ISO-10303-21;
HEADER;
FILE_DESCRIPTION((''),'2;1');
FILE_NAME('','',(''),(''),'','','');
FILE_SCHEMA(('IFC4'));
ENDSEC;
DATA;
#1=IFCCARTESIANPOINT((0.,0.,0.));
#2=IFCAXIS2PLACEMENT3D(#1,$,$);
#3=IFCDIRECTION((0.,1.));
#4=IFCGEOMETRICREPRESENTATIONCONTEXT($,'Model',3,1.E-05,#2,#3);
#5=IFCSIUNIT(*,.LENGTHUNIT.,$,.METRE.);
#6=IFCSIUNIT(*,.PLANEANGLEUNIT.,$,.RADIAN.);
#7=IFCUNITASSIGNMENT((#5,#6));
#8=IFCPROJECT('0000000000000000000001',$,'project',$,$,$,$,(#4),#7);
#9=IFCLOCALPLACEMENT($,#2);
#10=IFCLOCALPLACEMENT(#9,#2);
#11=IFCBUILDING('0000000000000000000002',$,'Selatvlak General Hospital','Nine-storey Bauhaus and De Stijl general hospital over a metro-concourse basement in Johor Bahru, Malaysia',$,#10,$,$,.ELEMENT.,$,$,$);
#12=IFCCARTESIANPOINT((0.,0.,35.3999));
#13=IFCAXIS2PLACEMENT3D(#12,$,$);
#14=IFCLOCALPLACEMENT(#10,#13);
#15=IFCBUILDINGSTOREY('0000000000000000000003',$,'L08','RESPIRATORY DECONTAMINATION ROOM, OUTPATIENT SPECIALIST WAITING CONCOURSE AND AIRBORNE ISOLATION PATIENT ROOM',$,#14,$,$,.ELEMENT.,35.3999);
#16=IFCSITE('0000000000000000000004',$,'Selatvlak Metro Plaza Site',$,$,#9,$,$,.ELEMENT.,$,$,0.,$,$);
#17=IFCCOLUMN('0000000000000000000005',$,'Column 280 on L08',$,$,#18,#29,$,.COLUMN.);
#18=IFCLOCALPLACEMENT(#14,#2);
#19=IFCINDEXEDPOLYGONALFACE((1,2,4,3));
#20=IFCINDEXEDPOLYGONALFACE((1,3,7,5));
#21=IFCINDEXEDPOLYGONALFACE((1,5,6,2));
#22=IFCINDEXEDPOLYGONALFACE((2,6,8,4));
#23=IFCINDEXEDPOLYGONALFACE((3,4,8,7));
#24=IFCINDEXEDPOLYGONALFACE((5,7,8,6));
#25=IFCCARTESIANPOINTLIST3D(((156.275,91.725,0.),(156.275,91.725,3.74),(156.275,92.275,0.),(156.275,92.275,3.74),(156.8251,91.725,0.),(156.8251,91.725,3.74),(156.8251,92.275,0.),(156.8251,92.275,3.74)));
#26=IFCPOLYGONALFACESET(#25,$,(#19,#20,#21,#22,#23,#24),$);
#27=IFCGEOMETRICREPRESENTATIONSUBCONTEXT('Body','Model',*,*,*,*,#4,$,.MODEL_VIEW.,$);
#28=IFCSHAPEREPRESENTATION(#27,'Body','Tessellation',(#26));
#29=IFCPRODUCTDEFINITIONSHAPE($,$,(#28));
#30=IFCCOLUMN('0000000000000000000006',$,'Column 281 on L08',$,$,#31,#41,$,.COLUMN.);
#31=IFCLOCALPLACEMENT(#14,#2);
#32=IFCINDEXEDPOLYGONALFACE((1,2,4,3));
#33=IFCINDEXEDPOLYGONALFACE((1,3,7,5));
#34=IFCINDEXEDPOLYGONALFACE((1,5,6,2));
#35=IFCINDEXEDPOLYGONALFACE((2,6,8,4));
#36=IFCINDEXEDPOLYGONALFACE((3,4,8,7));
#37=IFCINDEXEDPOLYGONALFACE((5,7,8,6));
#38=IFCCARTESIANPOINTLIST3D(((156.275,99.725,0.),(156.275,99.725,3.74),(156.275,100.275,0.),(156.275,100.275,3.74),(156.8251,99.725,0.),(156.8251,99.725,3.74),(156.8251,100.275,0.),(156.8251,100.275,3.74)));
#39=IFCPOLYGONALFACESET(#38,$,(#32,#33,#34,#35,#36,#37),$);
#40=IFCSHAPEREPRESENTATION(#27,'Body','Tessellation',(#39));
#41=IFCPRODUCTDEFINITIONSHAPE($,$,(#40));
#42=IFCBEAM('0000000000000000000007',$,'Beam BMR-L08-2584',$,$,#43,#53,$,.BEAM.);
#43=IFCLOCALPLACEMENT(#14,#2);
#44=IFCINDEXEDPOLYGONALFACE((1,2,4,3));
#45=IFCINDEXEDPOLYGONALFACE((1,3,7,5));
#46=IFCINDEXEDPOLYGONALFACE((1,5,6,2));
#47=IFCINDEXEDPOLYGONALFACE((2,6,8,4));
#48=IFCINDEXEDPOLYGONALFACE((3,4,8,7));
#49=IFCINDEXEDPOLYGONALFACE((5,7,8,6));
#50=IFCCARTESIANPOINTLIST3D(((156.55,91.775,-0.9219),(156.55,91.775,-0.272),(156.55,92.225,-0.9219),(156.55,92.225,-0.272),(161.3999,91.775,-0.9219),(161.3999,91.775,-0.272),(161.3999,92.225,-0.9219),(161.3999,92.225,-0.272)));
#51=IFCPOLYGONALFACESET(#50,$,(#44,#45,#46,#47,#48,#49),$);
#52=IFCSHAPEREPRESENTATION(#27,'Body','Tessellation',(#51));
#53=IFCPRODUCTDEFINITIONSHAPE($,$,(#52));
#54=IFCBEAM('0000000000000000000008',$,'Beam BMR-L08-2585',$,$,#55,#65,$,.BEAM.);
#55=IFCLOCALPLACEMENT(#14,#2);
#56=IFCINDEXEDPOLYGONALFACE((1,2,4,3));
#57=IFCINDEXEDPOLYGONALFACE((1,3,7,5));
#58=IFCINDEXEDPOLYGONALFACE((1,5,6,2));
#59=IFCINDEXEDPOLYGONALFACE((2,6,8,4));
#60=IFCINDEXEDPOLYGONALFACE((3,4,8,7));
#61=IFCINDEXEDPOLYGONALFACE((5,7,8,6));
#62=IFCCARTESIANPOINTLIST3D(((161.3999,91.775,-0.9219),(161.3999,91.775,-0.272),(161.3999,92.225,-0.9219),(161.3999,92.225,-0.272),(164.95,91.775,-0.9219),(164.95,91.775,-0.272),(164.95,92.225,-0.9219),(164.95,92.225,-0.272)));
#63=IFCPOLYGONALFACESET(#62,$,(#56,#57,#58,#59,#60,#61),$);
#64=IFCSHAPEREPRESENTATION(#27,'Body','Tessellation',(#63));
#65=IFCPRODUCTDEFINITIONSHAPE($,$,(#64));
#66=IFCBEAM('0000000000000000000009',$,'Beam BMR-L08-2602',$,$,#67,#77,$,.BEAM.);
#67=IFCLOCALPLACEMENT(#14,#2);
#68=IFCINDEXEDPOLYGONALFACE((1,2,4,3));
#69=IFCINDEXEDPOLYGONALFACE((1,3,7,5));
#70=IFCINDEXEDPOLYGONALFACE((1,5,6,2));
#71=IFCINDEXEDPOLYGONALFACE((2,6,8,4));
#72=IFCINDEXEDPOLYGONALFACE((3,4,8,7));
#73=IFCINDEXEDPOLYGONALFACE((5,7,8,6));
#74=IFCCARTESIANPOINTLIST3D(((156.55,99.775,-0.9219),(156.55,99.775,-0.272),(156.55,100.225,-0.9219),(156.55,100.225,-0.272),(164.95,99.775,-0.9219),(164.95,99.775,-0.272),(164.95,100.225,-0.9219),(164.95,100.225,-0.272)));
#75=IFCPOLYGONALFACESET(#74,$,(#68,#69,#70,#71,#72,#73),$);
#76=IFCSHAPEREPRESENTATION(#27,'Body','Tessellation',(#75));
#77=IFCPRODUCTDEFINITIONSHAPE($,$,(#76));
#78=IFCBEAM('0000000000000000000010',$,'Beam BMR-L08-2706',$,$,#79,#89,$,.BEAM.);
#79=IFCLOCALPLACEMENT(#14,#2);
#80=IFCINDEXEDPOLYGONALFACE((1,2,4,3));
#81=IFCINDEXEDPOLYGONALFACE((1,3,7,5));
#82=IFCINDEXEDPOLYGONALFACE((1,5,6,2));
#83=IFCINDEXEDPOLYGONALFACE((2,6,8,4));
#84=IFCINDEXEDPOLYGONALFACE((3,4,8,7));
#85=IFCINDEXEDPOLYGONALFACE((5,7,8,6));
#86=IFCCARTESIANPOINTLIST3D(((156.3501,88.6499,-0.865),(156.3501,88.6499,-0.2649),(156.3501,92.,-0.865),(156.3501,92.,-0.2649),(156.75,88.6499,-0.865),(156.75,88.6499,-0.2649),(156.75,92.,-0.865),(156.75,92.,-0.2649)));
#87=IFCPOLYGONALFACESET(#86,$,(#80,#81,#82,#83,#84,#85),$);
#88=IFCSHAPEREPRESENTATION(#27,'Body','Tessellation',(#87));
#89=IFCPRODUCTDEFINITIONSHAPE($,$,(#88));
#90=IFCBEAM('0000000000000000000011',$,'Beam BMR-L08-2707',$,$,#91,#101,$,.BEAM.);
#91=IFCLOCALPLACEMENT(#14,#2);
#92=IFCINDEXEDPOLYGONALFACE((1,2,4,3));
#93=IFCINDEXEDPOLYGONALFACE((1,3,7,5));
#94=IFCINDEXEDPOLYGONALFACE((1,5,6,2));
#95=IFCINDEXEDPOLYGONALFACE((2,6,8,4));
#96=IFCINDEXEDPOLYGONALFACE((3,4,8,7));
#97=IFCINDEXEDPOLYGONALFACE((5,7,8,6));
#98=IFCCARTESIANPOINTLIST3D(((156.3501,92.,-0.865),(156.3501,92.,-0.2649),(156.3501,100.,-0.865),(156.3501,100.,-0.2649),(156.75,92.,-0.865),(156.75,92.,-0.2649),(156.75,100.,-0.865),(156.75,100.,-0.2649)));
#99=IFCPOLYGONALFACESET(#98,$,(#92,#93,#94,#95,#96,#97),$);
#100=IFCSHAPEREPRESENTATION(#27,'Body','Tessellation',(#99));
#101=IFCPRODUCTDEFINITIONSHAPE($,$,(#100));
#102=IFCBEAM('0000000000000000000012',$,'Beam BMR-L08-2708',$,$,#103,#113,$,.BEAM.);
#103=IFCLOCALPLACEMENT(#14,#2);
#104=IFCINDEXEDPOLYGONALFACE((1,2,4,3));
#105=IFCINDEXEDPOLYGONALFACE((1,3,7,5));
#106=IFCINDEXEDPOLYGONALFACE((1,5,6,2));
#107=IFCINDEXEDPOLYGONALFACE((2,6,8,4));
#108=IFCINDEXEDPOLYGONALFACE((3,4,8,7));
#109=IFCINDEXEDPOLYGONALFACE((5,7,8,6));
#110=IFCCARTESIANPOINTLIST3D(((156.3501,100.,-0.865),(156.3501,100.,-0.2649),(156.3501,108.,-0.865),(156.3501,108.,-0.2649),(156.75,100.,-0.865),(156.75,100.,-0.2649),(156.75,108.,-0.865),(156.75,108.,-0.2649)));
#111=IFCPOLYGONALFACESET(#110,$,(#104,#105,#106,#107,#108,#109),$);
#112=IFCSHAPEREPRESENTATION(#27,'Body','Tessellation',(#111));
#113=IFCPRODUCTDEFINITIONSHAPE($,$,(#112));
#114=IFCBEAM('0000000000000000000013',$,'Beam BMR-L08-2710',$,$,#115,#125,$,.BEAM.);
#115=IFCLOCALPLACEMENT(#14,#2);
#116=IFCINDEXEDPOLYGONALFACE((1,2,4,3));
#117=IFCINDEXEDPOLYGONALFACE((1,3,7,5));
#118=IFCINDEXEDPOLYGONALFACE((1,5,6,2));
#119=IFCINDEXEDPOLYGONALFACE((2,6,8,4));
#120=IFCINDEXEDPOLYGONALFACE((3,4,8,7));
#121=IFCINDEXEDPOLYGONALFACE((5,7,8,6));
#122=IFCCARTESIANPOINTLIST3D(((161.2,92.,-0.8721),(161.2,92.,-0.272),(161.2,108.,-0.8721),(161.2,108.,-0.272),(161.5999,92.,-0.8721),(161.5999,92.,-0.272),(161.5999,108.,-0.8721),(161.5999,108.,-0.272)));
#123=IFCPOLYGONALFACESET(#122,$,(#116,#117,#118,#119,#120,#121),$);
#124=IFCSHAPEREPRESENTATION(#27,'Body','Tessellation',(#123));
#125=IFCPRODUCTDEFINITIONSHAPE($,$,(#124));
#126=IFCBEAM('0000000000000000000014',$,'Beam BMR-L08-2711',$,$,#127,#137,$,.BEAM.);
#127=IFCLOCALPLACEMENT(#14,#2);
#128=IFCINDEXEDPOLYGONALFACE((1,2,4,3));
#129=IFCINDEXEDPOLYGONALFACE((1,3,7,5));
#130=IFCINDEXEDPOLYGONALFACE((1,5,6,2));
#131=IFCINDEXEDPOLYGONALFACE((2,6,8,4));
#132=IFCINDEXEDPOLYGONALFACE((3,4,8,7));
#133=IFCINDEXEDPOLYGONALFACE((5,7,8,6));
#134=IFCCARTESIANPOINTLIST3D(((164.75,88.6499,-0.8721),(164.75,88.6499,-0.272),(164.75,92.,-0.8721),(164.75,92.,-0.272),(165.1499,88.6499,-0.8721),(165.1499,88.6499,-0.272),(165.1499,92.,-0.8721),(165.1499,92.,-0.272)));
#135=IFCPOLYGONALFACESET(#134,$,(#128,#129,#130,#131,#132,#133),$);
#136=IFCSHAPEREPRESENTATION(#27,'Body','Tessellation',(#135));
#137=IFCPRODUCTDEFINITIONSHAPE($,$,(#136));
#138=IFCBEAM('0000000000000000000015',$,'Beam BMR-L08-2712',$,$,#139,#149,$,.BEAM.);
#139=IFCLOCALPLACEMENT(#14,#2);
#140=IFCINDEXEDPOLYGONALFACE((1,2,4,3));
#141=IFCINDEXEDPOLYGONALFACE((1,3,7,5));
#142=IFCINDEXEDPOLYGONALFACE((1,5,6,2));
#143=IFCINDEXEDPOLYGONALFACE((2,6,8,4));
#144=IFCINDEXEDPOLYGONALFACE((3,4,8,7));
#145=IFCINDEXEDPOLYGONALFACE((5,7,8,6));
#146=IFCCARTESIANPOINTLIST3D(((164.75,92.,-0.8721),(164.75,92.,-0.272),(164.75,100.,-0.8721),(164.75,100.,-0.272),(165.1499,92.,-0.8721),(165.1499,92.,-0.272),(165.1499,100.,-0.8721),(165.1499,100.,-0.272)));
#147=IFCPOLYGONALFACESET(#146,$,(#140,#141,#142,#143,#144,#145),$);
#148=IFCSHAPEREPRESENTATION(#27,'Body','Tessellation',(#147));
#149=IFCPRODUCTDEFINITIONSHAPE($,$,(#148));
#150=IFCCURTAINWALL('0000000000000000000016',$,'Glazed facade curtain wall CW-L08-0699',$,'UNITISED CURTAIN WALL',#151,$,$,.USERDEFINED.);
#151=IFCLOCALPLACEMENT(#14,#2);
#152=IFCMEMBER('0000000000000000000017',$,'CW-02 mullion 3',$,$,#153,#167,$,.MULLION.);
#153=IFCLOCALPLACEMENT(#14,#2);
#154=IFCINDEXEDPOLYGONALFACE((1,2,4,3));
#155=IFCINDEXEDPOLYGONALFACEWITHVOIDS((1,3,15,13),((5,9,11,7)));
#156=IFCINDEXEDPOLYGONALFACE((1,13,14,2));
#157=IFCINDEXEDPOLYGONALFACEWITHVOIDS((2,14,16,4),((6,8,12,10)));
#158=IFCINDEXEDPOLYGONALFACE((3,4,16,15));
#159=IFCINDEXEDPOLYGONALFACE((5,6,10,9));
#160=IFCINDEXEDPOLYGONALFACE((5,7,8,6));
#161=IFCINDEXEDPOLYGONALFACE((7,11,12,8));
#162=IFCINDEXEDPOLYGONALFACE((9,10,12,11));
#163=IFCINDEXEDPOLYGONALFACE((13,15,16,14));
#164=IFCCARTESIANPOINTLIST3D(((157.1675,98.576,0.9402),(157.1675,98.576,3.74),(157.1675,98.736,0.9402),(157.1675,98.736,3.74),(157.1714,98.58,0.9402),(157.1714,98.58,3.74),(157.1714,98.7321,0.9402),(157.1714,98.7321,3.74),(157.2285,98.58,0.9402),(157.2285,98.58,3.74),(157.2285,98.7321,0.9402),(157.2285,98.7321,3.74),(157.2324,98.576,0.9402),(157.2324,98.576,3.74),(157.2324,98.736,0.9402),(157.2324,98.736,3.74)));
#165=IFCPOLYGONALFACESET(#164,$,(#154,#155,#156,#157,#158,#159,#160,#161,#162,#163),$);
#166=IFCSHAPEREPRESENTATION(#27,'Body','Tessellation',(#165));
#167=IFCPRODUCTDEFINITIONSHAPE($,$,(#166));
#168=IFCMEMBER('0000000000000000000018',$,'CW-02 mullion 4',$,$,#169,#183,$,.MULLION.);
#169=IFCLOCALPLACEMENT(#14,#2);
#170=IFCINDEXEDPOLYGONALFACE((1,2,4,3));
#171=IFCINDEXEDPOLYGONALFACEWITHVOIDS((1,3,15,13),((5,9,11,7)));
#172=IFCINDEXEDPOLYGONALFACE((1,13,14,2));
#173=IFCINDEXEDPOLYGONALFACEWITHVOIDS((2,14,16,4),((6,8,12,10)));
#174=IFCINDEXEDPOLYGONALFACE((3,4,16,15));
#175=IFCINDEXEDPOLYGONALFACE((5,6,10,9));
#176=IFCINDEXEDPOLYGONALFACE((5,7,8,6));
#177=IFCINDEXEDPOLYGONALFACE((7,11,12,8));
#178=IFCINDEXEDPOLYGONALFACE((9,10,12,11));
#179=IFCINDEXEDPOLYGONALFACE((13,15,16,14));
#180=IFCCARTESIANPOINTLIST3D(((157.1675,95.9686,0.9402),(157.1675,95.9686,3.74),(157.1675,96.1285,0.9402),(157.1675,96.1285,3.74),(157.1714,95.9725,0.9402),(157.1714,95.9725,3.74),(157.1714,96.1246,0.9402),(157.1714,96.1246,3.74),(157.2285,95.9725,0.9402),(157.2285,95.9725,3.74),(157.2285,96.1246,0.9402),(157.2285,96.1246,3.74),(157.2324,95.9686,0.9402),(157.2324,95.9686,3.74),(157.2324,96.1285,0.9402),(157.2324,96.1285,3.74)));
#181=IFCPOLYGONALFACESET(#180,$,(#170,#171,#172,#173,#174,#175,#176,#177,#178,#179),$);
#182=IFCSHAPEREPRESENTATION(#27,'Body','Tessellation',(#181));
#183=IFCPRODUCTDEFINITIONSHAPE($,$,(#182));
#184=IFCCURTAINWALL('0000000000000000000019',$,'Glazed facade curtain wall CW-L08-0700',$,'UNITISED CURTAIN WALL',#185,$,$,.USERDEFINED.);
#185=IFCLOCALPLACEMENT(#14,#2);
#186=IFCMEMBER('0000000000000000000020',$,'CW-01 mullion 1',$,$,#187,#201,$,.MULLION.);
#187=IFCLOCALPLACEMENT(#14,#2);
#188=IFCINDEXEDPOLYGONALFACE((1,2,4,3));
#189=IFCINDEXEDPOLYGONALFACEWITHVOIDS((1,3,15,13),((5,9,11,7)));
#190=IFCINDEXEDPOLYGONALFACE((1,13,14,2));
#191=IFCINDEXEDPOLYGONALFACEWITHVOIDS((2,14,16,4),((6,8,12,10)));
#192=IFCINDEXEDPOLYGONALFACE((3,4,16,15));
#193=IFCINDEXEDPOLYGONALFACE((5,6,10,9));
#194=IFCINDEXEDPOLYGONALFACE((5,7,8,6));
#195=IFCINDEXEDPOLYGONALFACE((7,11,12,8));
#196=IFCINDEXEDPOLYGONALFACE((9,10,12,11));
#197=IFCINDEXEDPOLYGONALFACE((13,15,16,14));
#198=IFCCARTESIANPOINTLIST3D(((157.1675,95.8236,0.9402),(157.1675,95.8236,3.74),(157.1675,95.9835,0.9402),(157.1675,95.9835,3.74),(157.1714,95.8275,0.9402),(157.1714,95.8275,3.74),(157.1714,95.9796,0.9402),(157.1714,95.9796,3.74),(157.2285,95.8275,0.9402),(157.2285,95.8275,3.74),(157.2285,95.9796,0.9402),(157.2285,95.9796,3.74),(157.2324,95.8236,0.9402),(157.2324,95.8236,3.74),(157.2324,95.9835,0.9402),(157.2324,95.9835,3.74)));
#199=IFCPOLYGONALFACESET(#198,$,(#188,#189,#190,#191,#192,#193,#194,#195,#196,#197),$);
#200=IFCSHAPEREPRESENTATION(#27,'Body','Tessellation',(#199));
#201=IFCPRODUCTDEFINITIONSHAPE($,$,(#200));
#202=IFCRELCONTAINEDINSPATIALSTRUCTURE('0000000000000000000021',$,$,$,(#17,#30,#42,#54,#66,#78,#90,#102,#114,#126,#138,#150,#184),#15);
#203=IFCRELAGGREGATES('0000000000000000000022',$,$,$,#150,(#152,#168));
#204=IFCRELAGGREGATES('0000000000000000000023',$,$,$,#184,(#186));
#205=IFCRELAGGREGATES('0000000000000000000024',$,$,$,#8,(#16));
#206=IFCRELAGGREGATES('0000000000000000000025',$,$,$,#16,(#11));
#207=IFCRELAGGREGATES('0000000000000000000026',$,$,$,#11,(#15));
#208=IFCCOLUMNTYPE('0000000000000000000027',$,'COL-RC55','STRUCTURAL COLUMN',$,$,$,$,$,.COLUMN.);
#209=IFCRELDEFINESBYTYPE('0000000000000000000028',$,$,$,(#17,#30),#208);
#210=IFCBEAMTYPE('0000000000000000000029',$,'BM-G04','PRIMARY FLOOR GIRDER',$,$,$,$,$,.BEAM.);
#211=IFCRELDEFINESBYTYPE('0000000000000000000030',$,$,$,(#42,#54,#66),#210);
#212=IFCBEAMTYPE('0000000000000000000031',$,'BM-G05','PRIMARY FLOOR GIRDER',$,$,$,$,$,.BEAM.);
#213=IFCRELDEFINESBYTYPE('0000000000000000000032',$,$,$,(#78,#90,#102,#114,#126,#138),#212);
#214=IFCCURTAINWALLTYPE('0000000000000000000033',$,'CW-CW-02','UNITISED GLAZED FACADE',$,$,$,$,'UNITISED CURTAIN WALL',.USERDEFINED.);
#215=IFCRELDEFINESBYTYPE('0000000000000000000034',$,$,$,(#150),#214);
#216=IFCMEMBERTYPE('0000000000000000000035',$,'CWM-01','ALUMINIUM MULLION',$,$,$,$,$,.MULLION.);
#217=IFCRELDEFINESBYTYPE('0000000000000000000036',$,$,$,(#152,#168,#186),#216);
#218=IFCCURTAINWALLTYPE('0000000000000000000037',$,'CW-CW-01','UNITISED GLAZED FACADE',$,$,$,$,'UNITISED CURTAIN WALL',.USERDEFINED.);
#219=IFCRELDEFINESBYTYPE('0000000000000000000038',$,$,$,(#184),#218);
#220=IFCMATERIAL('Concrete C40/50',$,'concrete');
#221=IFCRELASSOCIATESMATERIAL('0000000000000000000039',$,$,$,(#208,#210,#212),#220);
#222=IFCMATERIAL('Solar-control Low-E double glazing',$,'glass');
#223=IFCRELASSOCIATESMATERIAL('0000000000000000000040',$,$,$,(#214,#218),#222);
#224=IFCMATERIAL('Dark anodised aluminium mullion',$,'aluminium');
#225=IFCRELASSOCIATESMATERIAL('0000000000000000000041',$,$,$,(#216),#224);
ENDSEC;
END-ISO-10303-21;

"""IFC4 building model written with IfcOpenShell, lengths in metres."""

from ifc_helpers import new_model, si_unit, direction, frame, origin, origin_2d, place, context, subcontext, project, spatial, rectangle, hollow_rectangle, extrude, material, material_profile, profile_set, type_object, element, aggregate, save


model = new_model("IFC4")

# Units and contexts
model_context = context("Model", 3, precision=1e-05, world=origin(), true_north=direction((0.0, 1.0)))
body_context = subcontext(model_context, "Body", "Model", "MODEL_VIEW")
ifc_project = project(units=[si_unit("LENGTHUNIT", "METRE"), si_unit("PLANEANGLEUNIT", "RADIAN")], contexts=[model_context])

# Site, building, storey
site_placement = place(None, origin())
site = spatial("IfcSite", under=ifc_project, at=site_placement, Name="Selatvlak Metro Plaza Site", CompositionType="ELEMENT", RefElevation=0.0)
building_placement = place(site_placement, origin())
building = spatial("IfcBuilding", under=site, at=building_placement, Name="Selatvlak General Hospital", Description="Nine-storey Bauhaus and De Stijl general hospital over a metro-concourse basement in Johor Bahru, Malaysia", CompositionType="ELEMENT")
storey_placement = place(building_placement, frame((0.0, 0.0, 35.3999)))
storey = spatial("IfcBuildingStorey", under=building, at=storey_placement, Name="L08", Description="RESPIRATORY DECONTAMINATION ROOM, OUTPATIENT SPECIALIST WAITING CONCOURSE AND AIRBORNE ISOLATION PATIENT ROOM", CompositionType="ELEMENT", Elevation=35.3999)

# Columns
ifc_material_1 = material(Name="Concrete C40/50", Category="concrete")
ifc_material_profile_1 = material_profile(ifc_material_1, rectangle(XDim=0.55, YDim=0.55, at=origin_2d()), Name="RC-COL 550x550")
ifc_profile_set_1 = profile_set([ifc_material_profile_1], Name="Concrete C40/50")
column_type = type_object("IfcColumnType", Name="COL-RC55", Description="STRUCTURAL COLUMN", PredefinedType="COLUMN", material=ifc_profile_set_1)
for number, where, z_axis, x_axis, name in (
    (1, (156.55, 92.0, 0.0), (0.0, 0.0, 1.0), (1.0, 0.0, 0.0), "Column 280 on L08"),
    (2, (156.55, 100.0, 0.0), (0.0, 0.0, 1.0), (1.0, 0.0, 0.0), "Column 281 on L08"),
):
    element("IfcColumn", number, at=place(storey_placement, frame(where, z_axis=z_axis, x_axis=x_axis)), inside=storey, type_object=column_type, Name=name, PredefinedType="COLUMN", context=body_context, shape_type="SweptSolid", body=[
        extrude(rectangle(XDim=0.55, YDim=0.55, at=origin_2d()), origin(), (0.0, 0.0, 1.0), 3.74),
    ])

# Beams
ifc_material_profile_2 = material_profile(ifc_material_1, rectangle(XDim=0.45, YDim=0.6499, at=origin_2d()), Name="RC-BM 450x650")
ifc_profile_set_2 = profile_set([ifc_material_profile_2], Name="Concrete C40/50")
beam_type_1 = type_object("IfcBeamType", Name="BM-G04", Description="PRIMARY FLOOR GIRDER", PredefinedType="BEAM", material=ifc_profile_set_2)
beam_1_placement = place(storey_placement, frame((156.55, 92.0, -0.5969), z_axis=(1.0, 0.0, 0.0), x_axis=(0.0, 1.0, 0.0)))
element("IfcBeam", 3, at=beam_1_placement, inside=storey, type_object=beam_type_1, Name="Beam BMR-L08-2584", PredefinedType="BEAM", context=body_context, shape_type="SweptSolid", body=[
    extrude(rectangle(XDim=0.45, YDim=0.6499, at=origin_2d()), origin(), (0.0, 0.0, 1.0), 4.8499),
])
beam_2_placement = place(storey_placement, frame((161.3999, 92.0, -0.5969), z_axis=(1.0, 0.0, 0.0), x_axis=(0.0, 1.0, 0.0)))
element("IfcBeam", 4, at=beam_2_placement, inside=storey, type_object=beam_type_1, Name="Beam BMR-L08-2585", PredefinedType="BEAM", context=body_context, shape_type="SweptSolid", body=[
    extrude(rectangle(XDim=0.45, YDim=0.6499, at=origin_2d()), origin(), (0.0, 0.0, 1.0), 3.55),
])
beam_3_placement = place(storey_placement, frame((156.55, 100.0, -0.5969), z_axis=(1.0, 0.0, 0.0), x_axis=(0.0, 1.0, 0.0)))
element("IfcBeam", 5, at=beam_3_placement, inside=storey, type_object=beam_type_1, Name="Beam BMR-L08-2602", PredefinedType="BEAM", context=body_context, shape_type="SweptSolid", body=[
    extrude(rectangle(XDim=0.45, YDim=0.6499, at=origin_2d()), origin(), (0.0, 0.0, 1.0), 8.3999),
])
ifc_material_profile_3 = material_profile(ifc_material_1, rectangle(XDim=0.3999, YDim=0.6001, at=origin_2d()), Name="RC-BM 400x600")
ifc_profile_set_3 = profile_set([ifc_material_profile_3], Name="Concrete C40/50")
beam_type_2 = type_object("IfcBeamType", Name="BM-G05", Description="PRIMARY FLOOR GIRDER", PredefinedType="BEAM", material=ifc_profile_set_3)
beam_4_placement = place(storey_placement, frame((156.55, 88.6499, -0.5649), z_axis=(0.0, 1.0, 0.0), x_axis=(-1.0, 0.0, 0.0)))
element("IfcBeam", 6, at=beam_4_placement, inside=storey, type_object=beam_type_2, Name="Beam BMR-L08-2706", PredefinedType="BEAM", context=body_context, shape_type="SweptSolid", body=[
    extrude(rectangle(XDim=0.3999, YDim=0.6001, at=origin_2d()), origin(), (0.0, 0.0, 1.0), 3.3501),
])
for number, where, z_axis, x_axis, name in (
    (7, (156.55, 92.0, -0.5649), (0.0, 1.0, 0.0), (-1.0, 0.0, 0.0), "Beam BMR-L08-2707"),
    (8, (156.55, 100.0, -0.5649), (0.0, 1.0, 0.0), (-1.0, 0.0, 0.0), "Beam BMR-L08-2708"),
):
    element("IfcBeam", number, at=place(storey_placement, frame(where, z_axis=z_axis, x_axis=x_axis)), inside=storey, type_object=beam_type_2, Name=name, PredefinedType="BEAM", context=body_context, shape_type="SweptSolid", body=[
        extrude(rectangle(XDim=0.3999, YDim=0.6001, at=origin_2d()), origin(), (0.0, 0.0, 1.0), 8.0),
    ])
beam_5_placement = place(storey_placement, frame((161.3999, 92.0, -0.572), z_axis=(0.0, 1.0, 0.0), x_axis=(-1.0, 0.0, 0.0)))
element("IfcBeam", 9, at=beam_5_placement, inside=storey, type_object=beam_type_2, Name="Beam BMR-L08-2710", PredefinedType="BEAM", context=body_context, shape_type="SweptSolid", body=[
    extrude(rectangle(XDim=0.3999, YDim=0.6001, at=origin_2d()), origin(), (0.0, 0.0, 1.0), 16.0),
])
beam_6_placement = place(storey_placement, frame((164.95, 88.6499, -0.572), z_axis=(0.0, 1.0, 0.0), x_axis=(-1.0, 0.0, 0.0)))
element("IfcBeam", 10, at=beam_6_placement, inside=storey, type_object=beam_type_2, Name="Beam BMR-L08-2711", PredefinedType="BEAM", context=body_context, shape_type="SweptSolid", body=[
    extrude(rectangle(XDim=0.3999, YDim=0.6001, at=origin_2d()), origin(), (0.0, 0.0, 1.0), 3.3501),
])
beam_7_placement = place(storey_placement, frame((164.95, 92.0, -0.572), z_axis=(0.0, 1.0, 0.0), x_axis=(-1.0, 0.0, 0.0)))
element("IfcBeam", 11, at=beam_7_placement, inside=storey, type_object=beam_type_2, Name="Beam BMR-L08-2712", PredefinedType="BEAM", context=body_context, shape_type="SweptSolid", body=[
    extrude(rectangle(XDim=0.3999, YDim=0.6001, at=origin_2d()), origin(), (0.0, 0.0, 1.0), 8.0),
])

# Curtain walls, members
ifc_material_2 = material(Name="Solar-control Low-E double glazing", Category="glass")
curtain_wall_type_1 = type_object("IfcCurtainWallType", Name="CW-CW-02", Description="UNITISED GLAZED FACADE", ElementType="UNITISED CURTAIN WALL", PredefinedType="USERDEFINED", material=ifc_material_2)
curtain_wall_1_placement = place(storey_placement, origin())
curtain_wall_1 = element("IfcCurtainWall", 12, at=curtain_wall_1_placement, inside=storey, type_object=curtain_wall_type_1, Name="Glazed facade curtain wall CW-L08-0699", ObjectType="UNITISED CURTAIN WALL", PredefinedType="USERDEFINED")
ifc_material_3 = material(Name="Dark anodised aluminium mullion", Category="aluminium")
ifc_material_profile_4 = material_profile(ifc_material_3, hollow_rectangle(XDim=0.0649, YDim=0.1599, WallThickness=0.0039, at=origin_2d()), Name="AL-MUL 65x160x4")
ifc_profile_set_4 = profile_set([ifc_material_profile_4], Name="Dark anodised aluminium mullion")
member_type_1 = type_object("IfcMemberType", Name="CWM-01", Description="ALUMINIUM MULLION", PredefinedType="MULLION", material=ifc_profile_set_4)
member_1_placement = place(storey_placement, frame((157.2, 98.656, 0.9402), z_axis=(0.0, 0.0, 1.0), x_axis=(1.0, 0.0, 0.0)))
member_1 = element("IfcMember", 13, at=member_1_placement, type_object=member_type_1, Name="CW-02 mullion 3", PredefinedType="MULLION", context=body_context, shape_type="SweptSolid", body=[
    extrude(hollow_rectangle(XDim=0.0649, YDim=0.1599, WallThickness=0.0039, at=origin_2d()), origin(), (0.0, 0.0, 1.0), 2.7998),
])
member_2_placement = place(storey_placement, frame((157.2, 96.0486, 0.9402), z_axis=(0.0, 0.0, 1.0), x_axis=(1.0, 0.0, 0.0)))
member_2 = element("IfcMember", 14, at=member_2_placement, type_object=member_type_1, Name="CW-02 mullion 4", PredefinedType="MULLION", context=body_context, shape_type="SweptSolid", body=[
    extrude(hollow_rectangle(XDim=0.0649, YDim=0.1599, WallThickness=0.0039, at=origin_2d()), origin(), (0.0, 0.0, 1.0), 2.7998),
])
curtain_wall_type_2 = type_object("IfcCurtainWallType", Name="CW-CW-01", Description="UNITISED GLAZED FACADE", ElementType="UNITISED CURTAIN WALL", PredefinedType="USERDEFINED", material=ifc_material_2)
curtain_wall_2_placement = place(storey_placement, origin())
curtain_wall_2 = element("IfcCurtainWall", 15, at=curtain_wall_2_placement, inside=storey, type_object=curtain_wall_type_2, Name="Glazed facade curtain wall CW-L08-0700", ObjectType="UNITISED CURTAIN WALL", PredefinedType="USERDEFINED")
member_3_placement = place(storey_placement, frame((157.2, 95.9036, 0.9402), z_axis=(0.0, 0.0, 1.0), x_axis=(1.0, 0.0, 0.0)))
member_3 = element("IfcMember", 16, at=member_3_placement, type_object=member_type_1, Name="CW-01 mullion 1", PredefinedType="MULLION", context=body_context, shape_type="SweptSolid", body=[
    extrude(hollow_rectangle(XDim=0.0649, YDim=0.1599, WallThickness=0.0039, at=origin_2d()), origin(), (0.0, 0.0, 1.0), 2.7998),
])

aggregate(curtain_wall_1, [member_1, member_2])
aggregate(curtain_wall_2, [member_3])

save(model, "model.ifc")
